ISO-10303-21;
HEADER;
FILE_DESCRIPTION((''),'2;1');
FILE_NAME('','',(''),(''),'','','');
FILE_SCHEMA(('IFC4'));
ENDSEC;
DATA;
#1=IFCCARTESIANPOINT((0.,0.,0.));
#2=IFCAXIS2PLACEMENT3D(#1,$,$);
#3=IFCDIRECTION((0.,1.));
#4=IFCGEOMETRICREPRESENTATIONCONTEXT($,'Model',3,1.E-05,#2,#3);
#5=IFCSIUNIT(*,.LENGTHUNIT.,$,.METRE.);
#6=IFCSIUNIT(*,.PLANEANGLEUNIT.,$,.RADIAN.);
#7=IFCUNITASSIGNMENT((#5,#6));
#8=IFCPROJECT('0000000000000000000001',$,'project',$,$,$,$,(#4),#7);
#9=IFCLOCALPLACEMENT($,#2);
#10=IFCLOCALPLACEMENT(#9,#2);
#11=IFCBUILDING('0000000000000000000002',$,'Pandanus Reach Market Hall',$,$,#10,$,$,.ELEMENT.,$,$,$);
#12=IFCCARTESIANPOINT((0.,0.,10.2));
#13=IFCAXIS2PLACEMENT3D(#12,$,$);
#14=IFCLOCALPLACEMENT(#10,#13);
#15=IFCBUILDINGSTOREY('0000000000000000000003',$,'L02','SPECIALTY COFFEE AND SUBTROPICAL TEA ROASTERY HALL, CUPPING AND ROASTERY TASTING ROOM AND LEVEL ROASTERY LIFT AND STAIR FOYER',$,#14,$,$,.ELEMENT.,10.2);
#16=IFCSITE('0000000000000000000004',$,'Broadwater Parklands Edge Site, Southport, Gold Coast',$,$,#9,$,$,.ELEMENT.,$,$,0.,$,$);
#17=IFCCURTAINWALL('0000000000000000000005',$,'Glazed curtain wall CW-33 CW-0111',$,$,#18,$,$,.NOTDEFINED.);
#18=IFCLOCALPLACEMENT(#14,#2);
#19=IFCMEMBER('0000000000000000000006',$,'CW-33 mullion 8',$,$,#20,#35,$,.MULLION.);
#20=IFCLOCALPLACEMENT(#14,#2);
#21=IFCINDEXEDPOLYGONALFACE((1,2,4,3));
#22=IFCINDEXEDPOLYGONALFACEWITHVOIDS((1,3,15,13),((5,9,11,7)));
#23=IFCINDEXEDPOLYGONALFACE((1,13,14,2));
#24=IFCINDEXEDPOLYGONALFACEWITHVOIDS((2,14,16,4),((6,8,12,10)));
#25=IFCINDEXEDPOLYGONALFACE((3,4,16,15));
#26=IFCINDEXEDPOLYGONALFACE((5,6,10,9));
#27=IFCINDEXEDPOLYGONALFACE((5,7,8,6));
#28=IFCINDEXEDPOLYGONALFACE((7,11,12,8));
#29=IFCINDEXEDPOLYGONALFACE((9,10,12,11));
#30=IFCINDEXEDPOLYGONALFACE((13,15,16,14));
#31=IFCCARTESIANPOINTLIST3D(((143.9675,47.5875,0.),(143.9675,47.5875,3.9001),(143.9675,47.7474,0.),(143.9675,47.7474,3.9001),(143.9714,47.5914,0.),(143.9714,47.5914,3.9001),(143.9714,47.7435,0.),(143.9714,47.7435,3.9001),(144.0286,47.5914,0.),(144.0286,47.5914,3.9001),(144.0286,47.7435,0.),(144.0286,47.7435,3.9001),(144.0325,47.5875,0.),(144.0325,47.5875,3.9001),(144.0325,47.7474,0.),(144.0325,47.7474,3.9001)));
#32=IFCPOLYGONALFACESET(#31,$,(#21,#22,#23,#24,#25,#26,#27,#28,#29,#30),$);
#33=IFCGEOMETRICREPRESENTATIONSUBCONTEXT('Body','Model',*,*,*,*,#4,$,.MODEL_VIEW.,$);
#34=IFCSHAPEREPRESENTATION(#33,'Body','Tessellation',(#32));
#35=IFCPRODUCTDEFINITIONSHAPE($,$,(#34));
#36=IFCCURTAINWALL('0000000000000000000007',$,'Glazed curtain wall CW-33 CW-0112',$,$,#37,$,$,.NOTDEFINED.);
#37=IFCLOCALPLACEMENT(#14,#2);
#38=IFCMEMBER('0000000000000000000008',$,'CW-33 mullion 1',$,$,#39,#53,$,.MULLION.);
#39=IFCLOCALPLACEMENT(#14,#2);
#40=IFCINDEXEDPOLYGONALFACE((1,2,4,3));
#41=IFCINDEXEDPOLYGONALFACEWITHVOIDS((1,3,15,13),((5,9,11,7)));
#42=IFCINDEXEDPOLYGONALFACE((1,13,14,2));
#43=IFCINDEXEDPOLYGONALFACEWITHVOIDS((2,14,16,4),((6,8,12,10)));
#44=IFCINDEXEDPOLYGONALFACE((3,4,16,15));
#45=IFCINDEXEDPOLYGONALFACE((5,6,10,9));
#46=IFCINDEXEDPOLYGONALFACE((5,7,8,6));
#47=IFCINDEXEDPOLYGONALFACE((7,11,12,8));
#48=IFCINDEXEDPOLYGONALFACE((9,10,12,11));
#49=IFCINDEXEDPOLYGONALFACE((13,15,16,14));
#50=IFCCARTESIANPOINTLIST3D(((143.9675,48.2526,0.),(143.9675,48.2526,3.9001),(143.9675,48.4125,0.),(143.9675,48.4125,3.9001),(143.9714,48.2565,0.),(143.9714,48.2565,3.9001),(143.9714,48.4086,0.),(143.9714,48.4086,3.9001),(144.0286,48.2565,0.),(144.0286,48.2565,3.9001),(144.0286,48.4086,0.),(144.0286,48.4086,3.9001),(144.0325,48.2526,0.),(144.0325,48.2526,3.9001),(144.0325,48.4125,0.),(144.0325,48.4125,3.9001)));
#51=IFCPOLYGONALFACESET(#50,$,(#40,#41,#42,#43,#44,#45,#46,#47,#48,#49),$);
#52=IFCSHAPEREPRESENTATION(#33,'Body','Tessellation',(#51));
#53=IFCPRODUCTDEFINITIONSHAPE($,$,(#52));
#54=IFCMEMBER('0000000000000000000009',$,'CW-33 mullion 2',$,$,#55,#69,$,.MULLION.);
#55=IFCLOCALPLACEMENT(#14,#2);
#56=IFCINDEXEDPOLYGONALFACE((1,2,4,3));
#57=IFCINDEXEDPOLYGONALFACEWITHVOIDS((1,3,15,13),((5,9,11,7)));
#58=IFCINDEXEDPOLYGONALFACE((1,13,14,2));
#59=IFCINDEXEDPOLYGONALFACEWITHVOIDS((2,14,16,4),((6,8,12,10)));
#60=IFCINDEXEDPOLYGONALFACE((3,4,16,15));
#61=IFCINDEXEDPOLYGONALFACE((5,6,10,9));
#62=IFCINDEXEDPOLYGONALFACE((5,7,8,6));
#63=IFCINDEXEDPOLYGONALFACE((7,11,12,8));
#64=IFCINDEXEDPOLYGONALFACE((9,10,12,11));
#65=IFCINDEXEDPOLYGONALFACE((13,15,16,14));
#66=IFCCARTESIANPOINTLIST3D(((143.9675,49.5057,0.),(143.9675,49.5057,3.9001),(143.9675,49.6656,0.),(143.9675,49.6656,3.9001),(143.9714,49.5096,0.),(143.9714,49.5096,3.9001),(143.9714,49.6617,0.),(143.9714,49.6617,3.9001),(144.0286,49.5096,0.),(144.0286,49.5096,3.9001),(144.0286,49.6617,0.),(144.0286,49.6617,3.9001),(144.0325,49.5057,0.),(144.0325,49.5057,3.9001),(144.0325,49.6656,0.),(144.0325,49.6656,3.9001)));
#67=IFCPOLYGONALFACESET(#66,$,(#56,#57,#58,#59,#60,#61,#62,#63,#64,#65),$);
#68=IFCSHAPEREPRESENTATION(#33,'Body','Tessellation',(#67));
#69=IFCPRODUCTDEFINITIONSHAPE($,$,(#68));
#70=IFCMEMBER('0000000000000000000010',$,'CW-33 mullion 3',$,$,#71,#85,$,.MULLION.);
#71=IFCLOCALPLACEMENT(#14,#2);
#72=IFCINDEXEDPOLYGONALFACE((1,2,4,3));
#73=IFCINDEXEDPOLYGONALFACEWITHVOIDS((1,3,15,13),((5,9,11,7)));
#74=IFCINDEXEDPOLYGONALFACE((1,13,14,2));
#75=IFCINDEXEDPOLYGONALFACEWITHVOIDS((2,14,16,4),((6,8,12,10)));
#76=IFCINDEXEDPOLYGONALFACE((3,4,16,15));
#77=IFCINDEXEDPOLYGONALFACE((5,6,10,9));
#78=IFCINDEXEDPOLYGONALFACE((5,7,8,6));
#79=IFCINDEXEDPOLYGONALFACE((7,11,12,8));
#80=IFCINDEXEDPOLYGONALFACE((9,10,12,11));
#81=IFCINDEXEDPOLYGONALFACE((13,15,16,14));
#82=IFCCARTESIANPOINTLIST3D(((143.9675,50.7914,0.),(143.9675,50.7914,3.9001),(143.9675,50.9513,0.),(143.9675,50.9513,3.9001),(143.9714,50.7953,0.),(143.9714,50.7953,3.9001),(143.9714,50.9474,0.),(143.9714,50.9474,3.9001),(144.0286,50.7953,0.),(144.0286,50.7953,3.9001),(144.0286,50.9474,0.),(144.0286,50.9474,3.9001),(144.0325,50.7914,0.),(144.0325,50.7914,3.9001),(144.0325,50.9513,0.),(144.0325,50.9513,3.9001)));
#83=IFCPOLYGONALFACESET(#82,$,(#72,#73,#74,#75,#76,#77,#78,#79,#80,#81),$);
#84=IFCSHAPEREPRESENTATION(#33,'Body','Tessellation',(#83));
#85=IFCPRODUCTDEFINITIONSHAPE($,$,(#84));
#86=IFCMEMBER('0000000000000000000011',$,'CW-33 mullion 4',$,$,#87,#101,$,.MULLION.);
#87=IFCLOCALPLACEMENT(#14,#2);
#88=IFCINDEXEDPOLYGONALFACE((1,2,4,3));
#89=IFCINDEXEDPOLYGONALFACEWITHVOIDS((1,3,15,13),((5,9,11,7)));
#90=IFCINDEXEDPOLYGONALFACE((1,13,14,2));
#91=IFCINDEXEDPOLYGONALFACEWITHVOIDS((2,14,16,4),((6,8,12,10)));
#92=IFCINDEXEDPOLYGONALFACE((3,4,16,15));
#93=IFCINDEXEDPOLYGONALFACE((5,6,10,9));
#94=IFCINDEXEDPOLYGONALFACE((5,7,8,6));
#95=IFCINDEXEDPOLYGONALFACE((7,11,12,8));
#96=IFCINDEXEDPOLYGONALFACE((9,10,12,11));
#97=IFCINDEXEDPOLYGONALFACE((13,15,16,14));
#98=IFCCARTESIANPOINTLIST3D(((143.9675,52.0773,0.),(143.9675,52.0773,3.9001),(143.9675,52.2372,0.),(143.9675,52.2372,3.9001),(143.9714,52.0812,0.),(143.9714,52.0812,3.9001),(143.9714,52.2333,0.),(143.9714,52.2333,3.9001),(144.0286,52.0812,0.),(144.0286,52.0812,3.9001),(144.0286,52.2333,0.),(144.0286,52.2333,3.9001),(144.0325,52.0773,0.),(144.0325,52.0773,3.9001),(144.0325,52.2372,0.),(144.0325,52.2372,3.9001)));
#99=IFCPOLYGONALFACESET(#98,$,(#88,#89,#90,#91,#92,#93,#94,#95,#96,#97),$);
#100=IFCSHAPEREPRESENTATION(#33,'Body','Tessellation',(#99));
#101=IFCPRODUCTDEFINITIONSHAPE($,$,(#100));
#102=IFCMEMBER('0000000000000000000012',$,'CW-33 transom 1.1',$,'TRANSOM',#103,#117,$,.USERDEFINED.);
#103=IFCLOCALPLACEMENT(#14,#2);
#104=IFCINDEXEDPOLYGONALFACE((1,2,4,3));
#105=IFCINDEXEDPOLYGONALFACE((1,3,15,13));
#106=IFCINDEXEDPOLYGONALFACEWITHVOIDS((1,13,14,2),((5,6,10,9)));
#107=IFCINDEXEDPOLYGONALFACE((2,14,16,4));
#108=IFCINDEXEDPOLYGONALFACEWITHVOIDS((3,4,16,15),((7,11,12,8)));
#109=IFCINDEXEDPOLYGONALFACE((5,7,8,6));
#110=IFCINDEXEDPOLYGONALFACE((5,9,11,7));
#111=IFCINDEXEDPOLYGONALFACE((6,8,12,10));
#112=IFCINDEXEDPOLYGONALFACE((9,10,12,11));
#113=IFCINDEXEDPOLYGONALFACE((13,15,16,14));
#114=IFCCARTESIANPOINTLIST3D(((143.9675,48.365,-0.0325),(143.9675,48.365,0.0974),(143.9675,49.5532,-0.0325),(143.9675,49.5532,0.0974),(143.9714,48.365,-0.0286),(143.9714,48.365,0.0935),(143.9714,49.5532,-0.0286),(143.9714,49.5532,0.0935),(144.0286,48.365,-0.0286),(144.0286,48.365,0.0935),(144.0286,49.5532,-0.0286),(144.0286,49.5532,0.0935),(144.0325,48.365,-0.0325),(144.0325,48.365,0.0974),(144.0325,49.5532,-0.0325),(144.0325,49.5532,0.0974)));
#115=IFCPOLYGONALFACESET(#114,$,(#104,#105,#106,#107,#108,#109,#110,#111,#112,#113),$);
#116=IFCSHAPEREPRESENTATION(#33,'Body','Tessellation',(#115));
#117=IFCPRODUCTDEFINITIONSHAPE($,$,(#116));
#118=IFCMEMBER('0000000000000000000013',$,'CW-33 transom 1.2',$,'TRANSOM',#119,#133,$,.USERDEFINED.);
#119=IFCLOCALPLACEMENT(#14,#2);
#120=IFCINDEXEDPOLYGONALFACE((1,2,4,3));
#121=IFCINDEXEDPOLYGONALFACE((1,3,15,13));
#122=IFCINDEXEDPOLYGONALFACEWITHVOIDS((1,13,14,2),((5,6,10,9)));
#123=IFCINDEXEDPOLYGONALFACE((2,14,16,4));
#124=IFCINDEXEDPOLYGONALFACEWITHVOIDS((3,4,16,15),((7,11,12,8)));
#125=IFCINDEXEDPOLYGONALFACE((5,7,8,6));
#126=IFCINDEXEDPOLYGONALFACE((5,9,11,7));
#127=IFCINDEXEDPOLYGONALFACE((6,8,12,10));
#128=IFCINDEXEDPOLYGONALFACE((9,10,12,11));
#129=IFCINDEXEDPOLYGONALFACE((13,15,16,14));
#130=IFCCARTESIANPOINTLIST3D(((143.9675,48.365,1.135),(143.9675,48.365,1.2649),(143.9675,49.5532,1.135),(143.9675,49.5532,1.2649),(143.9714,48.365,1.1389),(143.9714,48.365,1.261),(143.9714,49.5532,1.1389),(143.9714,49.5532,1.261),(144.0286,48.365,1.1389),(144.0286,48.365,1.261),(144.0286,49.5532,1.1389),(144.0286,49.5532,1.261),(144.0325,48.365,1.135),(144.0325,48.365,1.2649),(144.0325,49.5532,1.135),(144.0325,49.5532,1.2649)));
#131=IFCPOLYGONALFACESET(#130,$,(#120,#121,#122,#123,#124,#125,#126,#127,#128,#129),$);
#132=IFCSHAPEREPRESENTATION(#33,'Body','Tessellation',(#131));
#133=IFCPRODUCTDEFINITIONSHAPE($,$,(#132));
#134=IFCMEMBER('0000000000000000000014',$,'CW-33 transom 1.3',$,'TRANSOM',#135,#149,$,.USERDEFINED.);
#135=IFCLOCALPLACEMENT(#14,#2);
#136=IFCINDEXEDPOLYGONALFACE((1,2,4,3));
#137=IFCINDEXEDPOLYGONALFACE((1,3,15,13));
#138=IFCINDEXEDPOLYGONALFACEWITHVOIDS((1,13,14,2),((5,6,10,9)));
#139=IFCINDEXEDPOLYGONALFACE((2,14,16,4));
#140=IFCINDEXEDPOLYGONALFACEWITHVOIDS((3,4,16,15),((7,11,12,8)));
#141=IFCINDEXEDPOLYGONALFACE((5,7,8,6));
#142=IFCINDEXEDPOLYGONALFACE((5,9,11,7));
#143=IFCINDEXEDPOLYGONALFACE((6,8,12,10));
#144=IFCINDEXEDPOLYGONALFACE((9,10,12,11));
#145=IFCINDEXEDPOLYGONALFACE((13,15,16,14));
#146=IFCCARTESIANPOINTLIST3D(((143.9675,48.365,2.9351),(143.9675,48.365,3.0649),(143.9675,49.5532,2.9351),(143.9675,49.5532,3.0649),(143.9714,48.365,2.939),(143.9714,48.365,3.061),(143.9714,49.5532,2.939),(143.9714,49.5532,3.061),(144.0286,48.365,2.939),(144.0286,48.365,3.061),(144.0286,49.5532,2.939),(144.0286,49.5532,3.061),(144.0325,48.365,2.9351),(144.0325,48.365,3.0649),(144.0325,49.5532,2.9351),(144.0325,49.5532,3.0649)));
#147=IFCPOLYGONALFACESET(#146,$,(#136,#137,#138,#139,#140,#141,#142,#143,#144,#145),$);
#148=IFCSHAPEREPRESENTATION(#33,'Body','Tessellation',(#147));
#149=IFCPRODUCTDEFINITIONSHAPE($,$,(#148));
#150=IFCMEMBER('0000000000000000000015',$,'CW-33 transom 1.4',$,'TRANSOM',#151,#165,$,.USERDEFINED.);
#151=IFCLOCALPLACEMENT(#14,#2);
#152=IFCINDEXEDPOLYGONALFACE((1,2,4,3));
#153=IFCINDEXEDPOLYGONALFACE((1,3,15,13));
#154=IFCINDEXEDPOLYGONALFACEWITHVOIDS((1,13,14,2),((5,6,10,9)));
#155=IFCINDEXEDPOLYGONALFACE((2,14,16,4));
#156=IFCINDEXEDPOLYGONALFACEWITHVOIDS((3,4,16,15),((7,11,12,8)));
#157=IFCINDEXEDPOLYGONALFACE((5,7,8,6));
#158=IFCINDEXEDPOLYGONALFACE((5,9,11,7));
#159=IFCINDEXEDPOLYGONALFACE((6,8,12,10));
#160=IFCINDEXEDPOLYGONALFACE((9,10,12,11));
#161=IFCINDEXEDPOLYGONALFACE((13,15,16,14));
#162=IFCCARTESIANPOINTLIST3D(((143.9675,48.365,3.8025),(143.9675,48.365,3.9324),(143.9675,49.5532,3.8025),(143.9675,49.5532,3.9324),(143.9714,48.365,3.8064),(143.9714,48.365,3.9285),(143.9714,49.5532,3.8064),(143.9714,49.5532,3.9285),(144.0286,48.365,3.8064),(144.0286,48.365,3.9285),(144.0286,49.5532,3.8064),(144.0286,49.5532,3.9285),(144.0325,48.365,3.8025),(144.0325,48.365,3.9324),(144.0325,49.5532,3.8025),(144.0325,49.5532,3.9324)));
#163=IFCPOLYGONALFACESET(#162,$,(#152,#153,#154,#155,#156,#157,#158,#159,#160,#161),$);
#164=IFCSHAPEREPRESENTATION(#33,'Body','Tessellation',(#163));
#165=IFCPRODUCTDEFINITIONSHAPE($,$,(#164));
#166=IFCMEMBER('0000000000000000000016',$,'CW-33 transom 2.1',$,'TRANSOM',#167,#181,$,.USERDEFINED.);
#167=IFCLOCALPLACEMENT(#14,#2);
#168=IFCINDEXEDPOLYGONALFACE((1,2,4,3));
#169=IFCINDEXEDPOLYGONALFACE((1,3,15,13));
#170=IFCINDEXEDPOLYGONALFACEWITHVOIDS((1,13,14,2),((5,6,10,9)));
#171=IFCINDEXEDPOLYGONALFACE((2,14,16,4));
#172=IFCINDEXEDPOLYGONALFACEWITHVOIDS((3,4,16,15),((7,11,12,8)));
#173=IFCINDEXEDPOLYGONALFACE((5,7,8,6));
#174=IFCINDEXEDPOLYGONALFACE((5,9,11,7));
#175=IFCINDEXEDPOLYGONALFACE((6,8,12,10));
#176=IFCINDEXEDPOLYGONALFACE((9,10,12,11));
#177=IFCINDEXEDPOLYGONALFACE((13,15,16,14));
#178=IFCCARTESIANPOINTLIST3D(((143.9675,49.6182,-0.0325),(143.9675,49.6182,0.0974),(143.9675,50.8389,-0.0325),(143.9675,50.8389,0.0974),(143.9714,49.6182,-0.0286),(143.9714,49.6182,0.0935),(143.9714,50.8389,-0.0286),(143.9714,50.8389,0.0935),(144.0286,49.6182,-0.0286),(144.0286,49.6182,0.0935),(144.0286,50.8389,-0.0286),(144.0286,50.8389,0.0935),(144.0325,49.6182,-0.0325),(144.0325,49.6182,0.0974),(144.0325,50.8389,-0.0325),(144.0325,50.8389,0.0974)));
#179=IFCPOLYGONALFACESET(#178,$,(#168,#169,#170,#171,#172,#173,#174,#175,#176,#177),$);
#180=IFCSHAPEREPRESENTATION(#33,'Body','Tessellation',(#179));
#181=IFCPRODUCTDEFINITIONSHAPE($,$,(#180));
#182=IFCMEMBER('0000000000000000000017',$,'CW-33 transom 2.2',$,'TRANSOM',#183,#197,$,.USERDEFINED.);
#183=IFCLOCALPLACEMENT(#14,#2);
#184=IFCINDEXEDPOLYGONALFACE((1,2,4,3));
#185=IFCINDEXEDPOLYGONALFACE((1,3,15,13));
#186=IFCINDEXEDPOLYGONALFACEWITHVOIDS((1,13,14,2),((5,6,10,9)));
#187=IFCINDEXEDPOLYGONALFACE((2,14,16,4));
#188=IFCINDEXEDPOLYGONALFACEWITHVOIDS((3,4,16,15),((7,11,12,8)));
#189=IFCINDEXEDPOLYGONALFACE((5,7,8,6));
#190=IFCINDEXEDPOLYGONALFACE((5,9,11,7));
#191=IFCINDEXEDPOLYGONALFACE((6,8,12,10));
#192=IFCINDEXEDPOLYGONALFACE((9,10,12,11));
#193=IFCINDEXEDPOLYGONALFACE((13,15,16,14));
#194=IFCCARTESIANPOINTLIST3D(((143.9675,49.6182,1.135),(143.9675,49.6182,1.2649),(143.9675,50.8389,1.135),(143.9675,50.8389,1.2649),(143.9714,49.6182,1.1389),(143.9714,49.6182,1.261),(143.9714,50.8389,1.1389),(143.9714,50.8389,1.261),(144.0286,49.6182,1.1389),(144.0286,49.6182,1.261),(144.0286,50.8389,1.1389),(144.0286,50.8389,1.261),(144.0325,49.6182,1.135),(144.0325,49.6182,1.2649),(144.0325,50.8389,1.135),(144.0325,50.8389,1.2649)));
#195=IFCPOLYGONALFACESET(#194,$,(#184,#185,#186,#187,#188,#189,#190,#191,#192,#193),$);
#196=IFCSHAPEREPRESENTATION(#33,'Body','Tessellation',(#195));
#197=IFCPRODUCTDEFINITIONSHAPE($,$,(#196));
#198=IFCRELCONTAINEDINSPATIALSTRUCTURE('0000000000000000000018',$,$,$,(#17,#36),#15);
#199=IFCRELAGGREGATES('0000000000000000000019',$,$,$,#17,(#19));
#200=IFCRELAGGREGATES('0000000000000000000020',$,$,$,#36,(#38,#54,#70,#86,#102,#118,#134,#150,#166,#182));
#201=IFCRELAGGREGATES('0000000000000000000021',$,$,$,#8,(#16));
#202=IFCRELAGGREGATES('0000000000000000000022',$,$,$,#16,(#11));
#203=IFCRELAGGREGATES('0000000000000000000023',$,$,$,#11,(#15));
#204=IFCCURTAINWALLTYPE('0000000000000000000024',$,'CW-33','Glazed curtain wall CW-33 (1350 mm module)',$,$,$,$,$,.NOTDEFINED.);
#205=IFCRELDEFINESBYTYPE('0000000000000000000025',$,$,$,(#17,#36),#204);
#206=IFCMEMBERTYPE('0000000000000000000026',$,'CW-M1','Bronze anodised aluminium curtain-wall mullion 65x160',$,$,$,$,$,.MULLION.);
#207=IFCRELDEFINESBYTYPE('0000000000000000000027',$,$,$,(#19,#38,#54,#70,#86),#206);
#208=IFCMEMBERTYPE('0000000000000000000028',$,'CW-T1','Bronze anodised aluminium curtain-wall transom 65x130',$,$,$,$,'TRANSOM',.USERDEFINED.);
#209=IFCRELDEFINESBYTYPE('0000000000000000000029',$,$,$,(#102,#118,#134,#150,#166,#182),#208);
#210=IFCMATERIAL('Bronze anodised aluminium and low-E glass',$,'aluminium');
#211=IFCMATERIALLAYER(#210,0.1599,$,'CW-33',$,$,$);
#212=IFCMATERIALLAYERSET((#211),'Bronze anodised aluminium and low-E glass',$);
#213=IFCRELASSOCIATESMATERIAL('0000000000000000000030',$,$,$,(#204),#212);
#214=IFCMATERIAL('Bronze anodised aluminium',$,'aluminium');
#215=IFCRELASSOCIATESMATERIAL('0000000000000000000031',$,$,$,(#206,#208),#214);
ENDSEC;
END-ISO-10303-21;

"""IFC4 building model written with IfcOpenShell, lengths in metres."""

from ifc_helpers import new_model, si_unit, direction, frame, origin, origin_2d, place, context, subcontext, project, spatial, hollow_rectangle, extrude, material, layer, layer_set, material_profile, profile_set, type_object, element, aggregate, save


model = new_model("IFC4")

# Units and contexts
model_context = context("Model", 3, precision=1e-05, world=origin(), true_north=direction((0.0, 1.0)))
body_context = subcontext(model_context, "Body", "Model", "MODEL_VIEW")
ifc_project = project(units=[si_unit("LENGTHUNIT", "METRE"), si_unit("PLANEANGLEUNIT", "RADIAN")], contexts=[model_context])

# Site, building, storey
site_placement = place(None, origin())
site = spatial("IfcSite", under=ifc_project, at=site_placement, Name="Broadwater Parklands Edge Site, Southport, Gold Coast", CompositionType="ELEMENT", RefElevation=0.0)
building_placement = place(site_placement, origin())
building = spatial("IfcBuilding", under=site, at=building_placement, Name="Pandanus Reach Market Hall", CompositionType="ELEMENT")
storey_placement = place(building_placement, frame((0.0, 0.0, 10.2)))
storey = spatial("IfcBuildingStorey", under=building, at=storey_placement, Name="L02", Description="SPECIALTY COFFEE AND SUBTROPICAL TEA ROASTERY HALL, CUPPING AND ROASTERY TASTING ROOM AND LEVEL ROASTERY LIFT AND STAIR FOYER", CompositionType="ELEMENT", Elevation=10.2)

# Curtain wall, member
ifc_material_1 = material(Name="Bronze anodised aluminium and low-E glass", Category="aluminium")
ifc_layer_1 = layer(ifc_material_1, 0.1599, Name="CW-33")
ifc_layer_set_1 = layer_set([ifc_layer_1], Name="Bronze anodised aluminium and low-E glass")
curtain_wall_type = type_object("IfcCurtainWallType", Name="CW-33", Description="Glazed curtain wall CW-33 (1350 mm module)", PredefinedType="NOTDEFINED", material=ifc_layer_set_1)
curtain_wall_1_placement = place(storey_placement, origin())
curtain_wall_1 = element("IfcCurtainWall", 1, at=curtain_wall_1_placement, inside=storey, type_object=curtain_wall_type, Name="Glazed curtain wall CW-33 CW-0111", PredefinedType="NOTDEFINED")
ifc_material_2 = material(Name="Bronze anodised aluminium", Category="aluminium")
ifc_material_profile_1 = material_profile(ifc_material_2, hollow_rectangle(XDim=0.0649, YDim=0.1599, WallThickness=0.0039, at=origin_2d()), Name="ALU65x160", Category="LoadBearing")
ifc_profile_set_1 = profile_set([ifc_material_profile_1], Name="Bronze anodised aluminium")
member_type_1 = type_object("IfcMemberType", Name="CW-M1", Description="Bronze anodised aluminium curtain-wall mullion 65x160", PredefinedType="MULLION", material=ifc_profile_set_1)
member_1_placement = place(storey_placement, frame((144.0, 47.6675, 0.0), z_axis=(0.0, 0.0, 1.0), x_axis=(-1.0, 0.0, 0.0)))
member_1 = element("IfcMember", 2, at=member_1_placement, type_object=member_type_1, Name="CW-33 mullion 8", PredefinedType="MULLION", context=body_context, shape_type="SweptSolid", body=[
    extrude(hollow_rectangle(XDim=0.0649, YDim=0.1599, WallThickness=0.0039, at=origin_2d()), origin(), (0.0, 0.0, 1.0), 3.9001),
])

# Curtain wall, members
curtain_wall_2_placement = place(storey_placement, origin())
curtain_wall_2 = element("IfcCurtainWall", 3, at=curtain_wall_2_placement, inside=storey, type_object=curtain_wall_type, Name="Glazed curtain wall CW-33 CW-0112", PredefinedType="NOTDEFINED")
member_2_placement = place(storey_placement, frame((144.0, 48.3325, 0.0), z_axis=(0.0, 0.0, 1.0), x_axis=(-1.0, 0.0, 0.0)))
member_2 = element("IfcMember", 4, at=member_2_placement, type_object=member_type_1, Name="CW-33 mullion 1", PredefinedType="MULLION", context=body_context, shape_type="SweptSolid", body=[
    extrude(hollow_rectangle(XDim=0.0649, YDim=0.1599, WallThickness=0.0039, at=origin_2d()), origin(), (0.0, 0.0, 1.0), 3.9001),
])
member_3_placement = place(storey_placement, frame((144.0, 49.5857, 0.0), z_axis=(0.0, 0.0, 1.0), x_axis=(-1.0, 0.0, 0.0)))
member_3 = element("IfcMember", 5, at=member_3_placement, type_object=member_type_1, Name="CW-33 mullion 2", PredefinedType="MULLION", context=body_context, shape_type="SweptSolid", body=[
    extrude(hollow_rectangle(XDim=0.0649, YDim=0.1599, WallThickness=0.0039, at=origin_2d()), origin(), (0.0, 0.0, 1.0), 3.9001),
])
member_4_placement = place(storey_placement, frame((144.0, 50.8713, 0.0), z_axis=(0.0, 0.0, 1.0), x_axis=(-1.0, 0.0, 0.0)))
member_4 = element("IfcMember", 6, at=member_4_placement, type_object=member_type_1, Name="CW-33 mullion 3", PredefinedType="MULLION", context=body_context, shape_type="SweptSolid", body=[
    extrude(hollow_rectangle(XDim=0.0649, YDim=0.1599, WallThickness=0.0039, at=origin_2d()), origin(), (0.0, 0.0, 1.0), 3.9001),
])
member_5_placement = place(storey_placement, frame((144.0, 52.1572, 0.0), z_axis=(0.0, 0.0, 1.0), x_axis=(-1.0, 0.0, 0.0)))
member_5 = element("IfcMember", 7, at=member_5_placement, type_object=member_type_1, Name="CW-33 mullion 4", PredefinedType="MULLION", context=body_context, shape_type="SweptSolid", body=[
    extrude(hollow_rectangle(XDim=0.0649, YDim=0.1599, WallThickness=0.0039, at=origin_2d()), origin(), (0.0, 0.0, 1.0), 3.9001),
])
ifc_material_profile_2 = material_profile(ifc_material_2, hollow_rectangle(XDim=0.0649, YDim=0.1299, WallThickness=0.0039, at=origin_2d()), Name="ALU65x130", Category="LoadBearing")
ifc_profile_set_2 = profile_set([ifc_material_profile_2], Name="Bronze anodised aluminium")
member_type_2 = type_object("IfcMemberType", Name="CW-T1", Description="Bronze anodised aluminium curtain-wall transom 65x130", ElementType="TRANSOM", PredefinedType="USERDEFINED", material=ifc_profile_set_2)
member_6_placement = place(storey_placement, frame((144.0, 48.365, 0.0325), z_axis=(0.0, 1.0, 0.0), x_axis=(-1.0, 0.0, 0.0)))
member_6 = element("IfcMember", 8, at=member_6_placement, type_object=member_type_2, Name="CW-33 transom 1.1", ObjectType="TRANSOM", PredefinedType="USERDEFINED", context=body_context, shape_type="SweptSolid", body=[
    extrude(hollow_rectangle(XDim=0.0649, YDim=0.1299, WallThickness=0.0039, at=origin_2d()), origin(), (0.0, 0.0, 1.0), 1.1882),
])
member_7_placement = place(storey_placement, frame((144.0, 48.365, 1.2), z_axis=(0.0, 1.0, 0.0), x_axis=(-1.0, 0.0, 0.0)))
member_7 = element("IfcMember", 9, at=member_7_placement, type_object=member_type_2, Name="CW-33 transom 1.2", ObjectType="TRANSOM", PredefinedType="USERDEFINED", context=body_context, shape_type="SweptSolid", body=[
    extrude(hollow_rectangle(XDim=0.0649, YDim=0.1299, WallThickness=0.0039, at=origin_2d()), origin(), (0.0, 0.0, 1.0), 1.1882),
])
member_8_placement = place(storey_placement, frame((144.0, 48.365, 3.0), z_axis=(0.0, 1.0, 0.0), x_axis=(-1.0, 0.0, 0.0)))
member_8 = element("IfcMember", 10, at=member_8_placement, type_object=member_type_2, Name="CW-33 transom 1.3", ObjectType="TRANSOM", PredefinedType="USERDEFINED", context=body_context, shape_type="SweptSolid", body=[
    extrude(hollow_rectangle(XDim=0.0649, YDim=0.1299, WallThickness=0.0039, at=origin_2d()), origin(), (0.0, 0.0, 1.0), 1.1882),
])
member_9_placement = place(storey_placement, frame((144.0, 48.365, 3.8674), z_axis=(0.0, 1.0, 0.0), x_axis=(-1.0, 0.0, 0.0)))
member_9 = element("IfcMember", 11, at=member_9_placement, type_object=member_type_2, Name="CW-33 transom 1.4", ObjectType="TRANSOM", PredefinedType="USERDEFINED", context=body_context, shape_type="SweptSolid", body=[
    extrude(hollow_rectangle(XDim=0.0649, YDim=0.1299, WallThickness=0.0039, at=origin_2d()), origin(), (0.0, 0.0, 1.0), 1.1882),
])
member_10_placement = place(storey_placement, frame((144.0, 49.6182, 0.0325), z_axis=(0.0, 1.0, 0.0), x_axis=(-1.0, 0.0, 0.0)))
member_10 = element("IfcMember", 12, at=member_10_placement, type_object=member_type_2, Name="CW-33 transom 2.1", ObjectType="TRANSOM", PredefinedType="USERDEFINED", context=body_context, shape_type="SweptSolid", body=[
    extrude(hollow_rectangle(XDim=0.0649, YDim=0.1299, WallThickness=0.0039, at=origin_2d()), origin(), (0.0, 0.0, 1.0), 1.2207),
])
member_11_placement = place(storey_placement, frame((144.0, 49.6182, 1.2), z_axis=(0.0, 1.0, 0.0), x_axis=(-1.0, 0.0, 0.0)))
member_11 = element("IfcMember", 13, at=member_11_placement, type_object=member_type_2, Name="CW-33 transom 2.2", ObjectType="TRANSOM", PredefinedType="USERDEFINED", context=body_context, shape_type="SweptSolid", body=[
    extrude(hollow_rectangle(XDim=0.0649, YDim=0.1299, WallThickness=0.0039, at=origin_2d()), origin(), (0.0, 0.0, 1.0), 1.2207),
])

aggregate(curtain_wall_1, [member_1])
aggregate(curtain_wall_2, [member_2, member_3, member_4, member_5, member_6, member_7, member_8, member_9, member_10, member_11])

save(model, "model.ifc")
